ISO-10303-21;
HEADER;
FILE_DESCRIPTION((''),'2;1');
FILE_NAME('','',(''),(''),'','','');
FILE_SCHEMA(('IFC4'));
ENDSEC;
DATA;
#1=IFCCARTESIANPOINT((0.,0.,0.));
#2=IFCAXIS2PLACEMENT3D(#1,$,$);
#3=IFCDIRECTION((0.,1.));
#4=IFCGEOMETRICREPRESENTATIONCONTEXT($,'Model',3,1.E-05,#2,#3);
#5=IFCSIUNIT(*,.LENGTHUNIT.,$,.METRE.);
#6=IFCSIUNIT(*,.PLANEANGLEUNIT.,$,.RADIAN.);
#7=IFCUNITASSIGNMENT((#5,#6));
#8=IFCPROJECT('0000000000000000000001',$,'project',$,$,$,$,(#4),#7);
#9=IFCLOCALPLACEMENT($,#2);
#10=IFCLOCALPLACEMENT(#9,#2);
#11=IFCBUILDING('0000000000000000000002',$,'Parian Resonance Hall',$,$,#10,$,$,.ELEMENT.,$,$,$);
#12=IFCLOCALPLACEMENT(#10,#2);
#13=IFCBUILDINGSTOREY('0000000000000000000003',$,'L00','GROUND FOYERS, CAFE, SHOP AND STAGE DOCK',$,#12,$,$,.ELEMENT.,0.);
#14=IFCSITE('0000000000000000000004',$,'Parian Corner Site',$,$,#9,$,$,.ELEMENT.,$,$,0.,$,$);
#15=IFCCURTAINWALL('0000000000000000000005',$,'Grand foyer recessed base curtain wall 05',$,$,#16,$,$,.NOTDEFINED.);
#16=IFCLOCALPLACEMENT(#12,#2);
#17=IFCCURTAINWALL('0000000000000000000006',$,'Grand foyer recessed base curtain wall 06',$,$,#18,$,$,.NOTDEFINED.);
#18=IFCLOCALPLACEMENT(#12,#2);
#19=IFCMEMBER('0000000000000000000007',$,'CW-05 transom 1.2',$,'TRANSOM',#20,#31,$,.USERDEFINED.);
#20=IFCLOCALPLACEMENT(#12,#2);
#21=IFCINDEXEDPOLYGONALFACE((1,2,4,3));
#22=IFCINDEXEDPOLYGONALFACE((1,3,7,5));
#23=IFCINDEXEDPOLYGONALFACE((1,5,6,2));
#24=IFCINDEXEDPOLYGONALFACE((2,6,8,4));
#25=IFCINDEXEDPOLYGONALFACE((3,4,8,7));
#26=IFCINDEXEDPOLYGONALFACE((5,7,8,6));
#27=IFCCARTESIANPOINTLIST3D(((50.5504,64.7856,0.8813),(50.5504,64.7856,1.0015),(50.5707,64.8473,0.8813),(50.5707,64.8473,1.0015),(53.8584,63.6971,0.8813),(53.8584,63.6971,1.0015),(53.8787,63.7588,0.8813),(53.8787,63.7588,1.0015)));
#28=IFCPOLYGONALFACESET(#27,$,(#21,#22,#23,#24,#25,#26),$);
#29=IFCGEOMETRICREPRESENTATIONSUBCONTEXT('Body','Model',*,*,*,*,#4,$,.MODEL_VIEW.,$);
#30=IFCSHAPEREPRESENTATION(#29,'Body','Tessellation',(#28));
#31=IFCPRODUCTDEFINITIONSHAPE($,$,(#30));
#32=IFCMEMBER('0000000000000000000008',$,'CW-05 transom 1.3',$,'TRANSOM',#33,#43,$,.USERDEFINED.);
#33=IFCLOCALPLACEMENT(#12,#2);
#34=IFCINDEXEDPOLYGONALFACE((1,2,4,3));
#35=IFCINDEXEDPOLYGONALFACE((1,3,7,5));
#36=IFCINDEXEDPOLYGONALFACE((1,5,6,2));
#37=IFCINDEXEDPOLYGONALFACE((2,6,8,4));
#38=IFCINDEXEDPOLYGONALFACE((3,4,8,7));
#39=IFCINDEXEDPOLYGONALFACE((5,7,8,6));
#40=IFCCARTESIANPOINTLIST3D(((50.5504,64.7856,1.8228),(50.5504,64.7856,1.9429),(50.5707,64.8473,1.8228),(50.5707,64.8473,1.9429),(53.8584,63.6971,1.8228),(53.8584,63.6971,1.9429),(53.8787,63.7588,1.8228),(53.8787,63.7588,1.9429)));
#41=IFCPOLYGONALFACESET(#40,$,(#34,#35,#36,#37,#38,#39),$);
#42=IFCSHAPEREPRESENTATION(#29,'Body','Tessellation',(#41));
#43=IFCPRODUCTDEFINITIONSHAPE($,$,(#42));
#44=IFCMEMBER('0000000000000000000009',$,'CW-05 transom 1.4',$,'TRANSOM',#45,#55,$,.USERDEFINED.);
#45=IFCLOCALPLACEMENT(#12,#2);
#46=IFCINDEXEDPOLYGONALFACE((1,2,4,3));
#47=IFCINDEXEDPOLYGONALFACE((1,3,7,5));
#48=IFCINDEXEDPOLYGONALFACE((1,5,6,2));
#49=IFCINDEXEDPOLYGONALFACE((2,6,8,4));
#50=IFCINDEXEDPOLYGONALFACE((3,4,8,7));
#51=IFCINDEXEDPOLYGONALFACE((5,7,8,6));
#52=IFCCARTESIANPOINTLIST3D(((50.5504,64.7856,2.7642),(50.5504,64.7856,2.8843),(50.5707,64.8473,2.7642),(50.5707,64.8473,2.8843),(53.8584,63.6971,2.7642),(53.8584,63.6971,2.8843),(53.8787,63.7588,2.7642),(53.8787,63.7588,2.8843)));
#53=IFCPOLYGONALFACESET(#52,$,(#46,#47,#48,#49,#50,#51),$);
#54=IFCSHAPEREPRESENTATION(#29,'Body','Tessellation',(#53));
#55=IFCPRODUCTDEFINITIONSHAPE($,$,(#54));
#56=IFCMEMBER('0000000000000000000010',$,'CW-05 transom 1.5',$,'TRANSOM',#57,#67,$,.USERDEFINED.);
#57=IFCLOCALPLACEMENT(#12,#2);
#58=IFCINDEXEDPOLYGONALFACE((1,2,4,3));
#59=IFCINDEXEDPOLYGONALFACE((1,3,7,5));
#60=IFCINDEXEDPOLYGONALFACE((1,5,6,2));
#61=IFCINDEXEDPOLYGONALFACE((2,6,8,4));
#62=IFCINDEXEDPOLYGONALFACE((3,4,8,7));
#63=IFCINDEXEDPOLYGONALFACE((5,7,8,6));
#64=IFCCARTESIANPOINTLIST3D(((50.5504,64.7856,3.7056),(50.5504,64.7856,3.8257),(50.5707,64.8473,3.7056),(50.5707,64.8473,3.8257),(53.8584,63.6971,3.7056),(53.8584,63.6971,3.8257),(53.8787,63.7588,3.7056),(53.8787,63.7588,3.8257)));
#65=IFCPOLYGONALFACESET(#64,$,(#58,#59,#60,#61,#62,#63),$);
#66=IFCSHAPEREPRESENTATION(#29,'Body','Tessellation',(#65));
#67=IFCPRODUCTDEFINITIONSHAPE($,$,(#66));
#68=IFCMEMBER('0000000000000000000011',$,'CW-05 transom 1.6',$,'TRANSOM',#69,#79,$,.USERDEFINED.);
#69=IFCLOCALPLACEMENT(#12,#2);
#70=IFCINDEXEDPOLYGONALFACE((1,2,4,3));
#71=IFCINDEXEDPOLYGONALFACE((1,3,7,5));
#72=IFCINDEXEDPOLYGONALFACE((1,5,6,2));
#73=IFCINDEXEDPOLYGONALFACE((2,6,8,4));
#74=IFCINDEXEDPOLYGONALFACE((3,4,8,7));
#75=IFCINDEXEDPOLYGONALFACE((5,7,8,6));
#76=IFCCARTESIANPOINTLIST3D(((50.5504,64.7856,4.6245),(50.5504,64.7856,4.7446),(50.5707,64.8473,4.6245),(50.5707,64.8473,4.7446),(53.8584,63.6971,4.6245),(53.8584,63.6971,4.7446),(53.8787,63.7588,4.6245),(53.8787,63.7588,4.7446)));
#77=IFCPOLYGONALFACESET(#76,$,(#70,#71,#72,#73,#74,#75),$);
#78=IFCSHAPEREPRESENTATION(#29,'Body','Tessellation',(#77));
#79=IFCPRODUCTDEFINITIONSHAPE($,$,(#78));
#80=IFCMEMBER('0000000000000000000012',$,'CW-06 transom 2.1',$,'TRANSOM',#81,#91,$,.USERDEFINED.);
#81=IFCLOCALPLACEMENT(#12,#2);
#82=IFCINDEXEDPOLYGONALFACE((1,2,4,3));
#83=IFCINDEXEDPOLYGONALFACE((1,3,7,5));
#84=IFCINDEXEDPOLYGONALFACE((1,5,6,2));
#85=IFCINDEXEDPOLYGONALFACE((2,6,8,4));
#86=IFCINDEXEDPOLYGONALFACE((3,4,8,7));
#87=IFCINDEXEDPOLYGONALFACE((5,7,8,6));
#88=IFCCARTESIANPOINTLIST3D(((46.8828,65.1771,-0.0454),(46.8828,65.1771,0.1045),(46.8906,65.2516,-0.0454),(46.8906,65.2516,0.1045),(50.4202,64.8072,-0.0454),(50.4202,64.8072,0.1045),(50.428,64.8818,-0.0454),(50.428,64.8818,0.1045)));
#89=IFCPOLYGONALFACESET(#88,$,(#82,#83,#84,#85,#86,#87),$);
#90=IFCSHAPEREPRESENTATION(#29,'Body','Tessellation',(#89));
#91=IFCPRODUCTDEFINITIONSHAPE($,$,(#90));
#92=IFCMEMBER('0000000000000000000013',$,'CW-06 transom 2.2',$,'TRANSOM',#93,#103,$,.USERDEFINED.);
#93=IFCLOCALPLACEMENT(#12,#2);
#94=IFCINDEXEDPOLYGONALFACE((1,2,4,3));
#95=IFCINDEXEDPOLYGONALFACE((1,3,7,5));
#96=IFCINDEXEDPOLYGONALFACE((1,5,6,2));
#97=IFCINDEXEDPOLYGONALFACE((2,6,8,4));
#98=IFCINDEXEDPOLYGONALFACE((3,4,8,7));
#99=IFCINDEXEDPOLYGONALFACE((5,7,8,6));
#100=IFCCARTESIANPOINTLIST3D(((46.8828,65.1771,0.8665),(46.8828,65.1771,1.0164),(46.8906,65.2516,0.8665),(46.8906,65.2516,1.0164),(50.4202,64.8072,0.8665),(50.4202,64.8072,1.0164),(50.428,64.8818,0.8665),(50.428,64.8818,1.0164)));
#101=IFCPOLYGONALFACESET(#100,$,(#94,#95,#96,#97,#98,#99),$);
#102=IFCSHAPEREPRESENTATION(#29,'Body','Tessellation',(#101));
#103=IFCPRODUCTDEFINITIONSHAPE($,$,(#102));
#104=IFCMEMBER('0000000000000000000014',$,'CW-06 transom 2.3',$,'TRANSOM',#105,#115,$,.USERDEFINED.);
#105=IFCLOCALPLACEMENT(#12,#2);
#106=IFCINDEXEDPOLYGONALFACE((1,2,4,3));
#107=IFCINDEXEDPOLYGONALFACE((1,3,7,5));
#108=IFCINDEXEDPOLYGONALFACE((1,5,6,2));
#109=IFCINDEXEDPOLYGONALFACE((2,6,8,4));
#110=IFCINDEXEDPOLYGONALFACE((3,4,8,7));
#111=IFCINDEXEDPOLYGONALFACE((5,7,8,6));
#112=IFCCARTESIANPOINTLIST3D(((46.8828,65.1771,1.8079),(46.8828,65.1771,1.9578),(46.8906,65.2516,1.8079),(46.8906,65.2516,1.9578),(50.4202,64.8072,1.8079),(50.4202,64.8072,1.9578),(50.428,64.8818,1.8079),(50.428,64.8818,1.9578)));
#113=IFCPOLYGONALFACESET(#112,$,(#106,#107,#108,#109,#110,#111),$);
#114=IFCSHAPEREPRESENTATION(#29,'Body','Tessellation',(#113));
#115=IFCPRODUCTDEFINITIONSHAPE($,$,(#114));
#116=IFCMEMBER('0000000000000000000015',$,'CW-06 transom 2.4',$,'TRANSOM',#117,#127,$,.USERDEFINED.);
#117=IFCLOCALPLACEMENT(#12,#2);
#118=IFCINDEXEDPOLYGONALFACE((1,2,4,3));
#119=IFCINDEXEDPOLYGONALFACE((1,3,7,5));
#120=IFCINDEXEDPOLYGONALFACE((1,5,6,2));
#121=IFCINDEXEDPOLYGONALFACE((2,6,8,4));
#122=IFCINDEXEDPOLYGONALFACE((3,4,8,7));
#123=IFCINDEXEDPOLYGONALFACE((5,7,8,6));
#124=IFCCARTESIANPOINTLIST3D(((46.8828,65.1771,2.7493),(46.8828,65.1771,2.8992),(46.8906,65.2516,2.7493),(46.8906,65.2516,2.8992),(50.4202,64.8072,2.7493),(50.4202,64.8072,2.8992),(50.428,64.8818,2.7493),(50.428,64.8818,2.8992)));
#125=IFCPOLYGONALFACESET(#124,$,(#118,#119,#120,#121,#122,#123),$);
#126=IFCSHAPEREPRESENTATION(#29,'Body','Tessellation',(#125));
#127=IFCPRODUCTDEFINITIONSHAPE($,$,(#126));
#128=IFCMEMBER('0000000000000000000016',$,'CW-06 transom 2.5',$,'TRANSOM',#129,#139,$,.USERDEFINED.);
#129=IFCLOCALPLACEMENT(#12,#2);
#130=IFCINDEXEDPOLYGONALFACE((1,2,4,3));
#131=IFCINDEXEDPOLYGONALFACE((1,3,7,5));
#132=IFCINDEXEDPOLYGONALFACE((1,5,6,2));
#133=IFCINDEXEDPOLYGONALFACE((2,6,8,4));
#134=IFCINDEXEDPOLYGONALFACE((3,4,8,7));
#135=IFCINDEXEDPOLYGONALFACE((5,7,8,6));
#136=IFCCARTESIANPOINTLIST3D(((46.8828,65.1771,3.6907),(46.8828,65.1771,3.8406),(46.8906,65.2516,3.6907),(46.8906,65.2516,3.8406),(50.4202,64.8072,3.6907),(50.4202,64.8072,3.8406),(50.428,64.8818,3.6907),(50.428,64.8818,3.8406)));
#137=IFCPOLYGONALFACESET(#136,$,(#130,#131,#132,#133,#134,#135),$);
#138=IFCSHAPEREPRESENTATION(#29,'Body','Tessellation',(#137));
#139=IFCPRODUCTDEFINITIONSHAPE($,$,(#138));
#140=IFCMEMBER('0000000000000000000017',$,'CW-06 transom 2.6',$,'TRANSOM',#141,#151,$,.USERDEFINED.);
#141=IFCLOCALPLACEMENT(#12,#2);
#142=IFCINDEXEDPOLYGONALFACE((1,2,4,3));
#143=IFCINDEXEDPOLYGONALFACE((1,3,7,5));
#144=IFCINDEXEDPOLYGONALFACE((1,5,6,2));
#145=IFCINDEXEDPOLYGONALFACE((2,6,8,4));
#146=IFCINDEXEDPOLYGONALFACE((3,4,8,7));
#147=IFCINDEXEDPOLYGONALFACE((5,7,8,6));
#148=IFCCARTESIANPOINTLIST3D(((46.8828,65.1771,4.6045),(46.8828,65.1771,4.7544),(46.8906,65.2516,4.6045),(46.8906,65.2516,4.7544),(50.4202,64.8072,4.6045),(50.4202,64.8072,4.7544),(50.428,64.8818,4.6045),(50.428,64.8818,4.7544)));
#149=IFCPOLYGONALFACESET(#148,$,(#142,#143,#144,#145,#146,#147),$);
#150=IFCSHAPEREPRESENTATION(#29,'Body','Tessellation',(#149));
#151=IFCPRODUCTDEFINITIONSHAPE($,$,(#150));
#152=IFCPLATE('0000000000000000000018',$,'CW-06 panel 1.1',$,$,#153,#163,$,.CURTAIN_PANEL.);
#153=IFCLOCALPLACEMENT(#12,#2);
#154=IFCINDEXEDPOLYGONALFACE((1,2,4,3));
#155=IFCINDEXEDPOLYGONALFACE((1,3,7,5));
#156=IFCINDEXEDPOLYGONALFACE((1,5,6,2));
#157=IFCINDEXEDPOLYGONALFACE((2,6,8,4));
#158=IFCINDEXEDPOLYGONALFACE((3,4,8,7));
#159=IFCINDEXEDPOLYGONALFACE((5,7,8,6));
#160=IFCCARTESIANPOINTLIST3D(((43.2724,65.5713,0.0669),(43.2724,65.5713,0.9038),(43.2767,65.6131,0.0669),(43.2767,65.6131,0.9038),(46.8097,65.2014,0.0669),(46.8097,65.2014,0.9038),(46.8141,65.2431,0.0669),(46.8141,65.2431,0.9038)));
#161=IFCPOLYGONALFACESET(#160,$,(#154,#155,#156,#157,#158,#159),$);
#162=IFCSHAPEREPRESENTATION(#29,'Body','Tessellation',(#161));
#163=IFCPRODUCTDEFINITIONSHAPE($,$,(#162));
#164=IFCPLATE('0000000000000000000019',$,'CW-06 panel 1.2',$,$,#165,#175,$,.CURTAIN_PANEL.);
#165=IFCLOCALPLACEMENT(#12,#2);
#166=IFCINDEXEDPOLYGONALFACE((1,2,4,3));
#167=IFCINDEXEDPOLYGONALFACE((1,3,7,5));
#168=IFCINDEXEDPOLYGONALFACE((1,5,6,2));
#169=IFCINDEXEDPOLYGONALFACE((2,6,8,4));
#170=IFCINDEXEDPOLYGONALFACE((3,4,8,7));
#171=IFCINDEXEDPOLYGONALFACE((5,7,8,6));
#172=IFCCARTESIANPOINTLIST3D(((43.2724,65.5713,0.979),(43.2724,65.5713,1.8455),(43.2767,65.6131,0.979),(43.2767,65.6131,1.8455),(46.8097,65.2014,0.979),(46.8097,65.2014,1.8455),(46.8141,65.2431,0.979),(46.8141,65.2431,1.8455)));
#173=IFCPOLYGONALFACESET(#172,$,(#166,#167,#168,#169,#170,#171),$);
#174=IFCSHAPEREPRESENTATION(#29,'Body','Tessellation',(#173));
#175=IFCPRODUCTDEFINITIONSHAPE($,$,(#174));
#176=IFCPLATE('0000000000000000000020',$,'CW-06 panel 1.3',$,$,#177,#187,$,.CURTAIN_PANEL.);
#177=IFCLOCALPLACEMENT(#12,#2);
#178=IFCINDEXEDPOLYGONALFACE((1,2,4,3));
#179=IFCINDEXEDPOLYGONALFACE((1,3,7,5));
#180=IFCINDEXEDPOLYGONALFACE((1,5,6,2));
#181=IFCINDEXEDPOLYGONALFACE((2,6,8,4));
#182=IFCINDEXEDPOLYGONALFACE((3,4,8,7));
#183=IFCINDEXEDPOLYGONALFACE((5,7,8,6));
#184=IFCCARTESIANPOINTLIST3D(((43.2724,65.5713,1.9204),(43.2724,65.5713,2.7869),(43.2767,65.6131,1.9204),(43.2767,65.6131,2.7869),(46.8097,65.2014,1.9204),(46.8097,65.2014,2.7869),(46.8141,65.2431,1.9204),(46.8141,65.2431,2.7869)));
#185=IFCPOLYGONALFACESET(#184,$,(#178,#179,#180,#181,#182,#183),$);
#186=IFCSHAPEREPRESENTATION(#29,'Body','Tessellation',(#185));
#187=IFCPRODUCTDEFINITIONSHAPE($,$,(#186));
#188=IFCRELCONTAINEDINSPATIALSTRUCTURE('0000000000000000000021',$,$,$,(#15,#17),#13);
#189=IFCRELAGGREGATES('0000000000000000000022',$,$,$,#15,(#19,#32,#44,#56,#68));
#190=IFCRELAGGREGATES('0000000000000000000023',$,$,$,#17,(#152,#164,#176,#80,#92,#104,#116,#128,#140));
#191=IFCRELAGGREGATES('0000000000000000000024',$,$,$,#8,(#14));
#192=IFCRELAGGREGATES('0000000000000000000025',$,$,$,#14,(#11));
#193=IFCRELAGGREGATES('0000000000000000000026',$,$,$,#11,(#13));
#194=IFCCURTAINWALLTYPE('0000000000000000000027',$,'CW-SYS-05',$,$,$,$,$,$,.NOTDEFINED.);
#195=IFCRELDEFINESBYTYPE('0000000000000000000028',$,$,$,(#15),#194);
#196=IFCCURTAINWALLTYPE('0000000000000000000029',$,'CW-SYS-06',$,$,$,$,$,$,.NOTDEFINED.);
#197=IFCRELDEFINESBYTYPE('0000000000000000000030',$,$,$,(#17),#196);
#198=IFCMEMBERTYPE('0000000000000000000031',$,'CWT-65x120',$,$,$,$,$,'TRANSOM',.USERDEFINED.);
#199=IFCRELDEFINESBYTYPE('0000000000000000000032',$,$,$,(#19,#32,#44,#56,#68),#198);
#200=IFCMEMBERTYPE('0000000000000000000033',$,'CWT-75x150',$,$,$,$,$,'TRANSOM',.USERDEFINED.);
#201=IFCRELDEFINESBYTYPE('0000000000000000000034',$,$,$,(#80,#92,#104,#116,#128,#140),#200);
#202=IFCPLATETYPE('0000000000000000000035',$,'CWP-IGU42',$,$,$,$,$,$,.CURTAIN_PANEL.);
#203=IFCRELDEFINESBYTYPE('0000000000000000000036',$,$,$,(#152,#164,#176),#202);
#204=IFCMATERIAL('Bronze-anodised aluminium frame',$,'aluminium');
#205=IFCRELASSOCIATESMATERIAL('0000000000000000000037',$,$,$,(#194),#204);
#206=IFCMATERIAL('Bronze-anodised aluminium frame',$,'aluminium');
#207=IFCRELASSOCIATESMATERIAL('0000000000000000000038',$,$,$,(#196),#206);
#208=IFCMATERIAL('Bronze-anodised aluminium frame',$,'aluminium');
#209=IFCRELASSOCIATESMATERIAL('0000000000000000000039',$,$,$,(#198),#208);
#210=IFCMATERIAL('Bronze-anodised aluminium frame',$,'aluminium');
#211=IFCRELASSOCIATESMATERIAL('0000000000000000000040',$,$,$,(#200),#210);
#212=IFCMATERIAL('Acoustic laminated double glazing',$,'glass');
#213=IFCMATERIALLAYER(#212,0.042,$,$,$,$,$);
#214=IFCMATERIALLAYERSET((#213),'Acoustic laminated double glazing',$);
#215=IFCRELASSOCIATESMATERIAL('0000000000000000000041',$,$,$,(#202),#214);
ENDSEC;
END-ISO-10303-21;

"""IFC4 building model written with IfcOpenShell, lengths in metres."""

from ifc_helpers import new_model, si_unit, direction, frame, origin, origin_2d, place, context, subcontext, project, spatial, rectangle, extrude, material, layer, layer_set, material_profile, profile_set, type_object, element, aggregate, save


model = new_model("IFC4")

# Units and contexts
model_context = context("Model", 3, precision=1e-05, world=origin(), true_north=direction((0.0, 1.0)))
body_context = subcontext(model_context, "Body", "Model", "MODEL_VIEW")
ifc_project = project(units=[si_unit("LENGTHUNIT", "METRE"), si_unit("PLANEANGLEUNIT", "RADIAN")], contexts=[model_context])

# Site, building, storey
site_placement = place(None, origin())
site = spatial("IfcSite", under=ifc_project, at=site_placement, Name="Parian Corner Site", CompositionType="ELEMENT", RefElevation=0.0)
building_placement = place(site_placement, origin())
building = spatial("IfcBuilding", under=site, at=building_placement, Name="Parian Resonance Hall", CompositionType="ELEMENT")
storey_placement = place(building_placement, origin())
storey = spatial("IfcBuildingStorey", under=building, at=storey_placement, Name="L00", Description="GROUND FOYERS, CAFE, SHOP AND STAGE DOCK", CompositionType="ELEMENT", Elevation=0.0)

# Curtain wall
ifc_material_1 = material(Name="Bronze-anodised aluminium frame", Category="aluminium")
curtain_wall_type_1 = type_object("IfcCurtainWallType", Name="CW-SYS-05", PredefinedType="NOTDEFINED", material=ifc_material_1)
curtain_wall_1_placement = place(storey_placement, origin())
curtain_wall_1 = element("IfcCurtainWall", 1, at=curtain_wall_1_placement, inside=storey, type_object=curtain_wall_type_1, Name="Grand foyer recessed base curtain wall 05", PredefinedType="NOTDEFINED")

# Curtain wall
ifc_material_2 = material(Name="Bronze-anodised aluminium frame", Category="aluminium")
curtain_wall_type_2 = type_object("IfcCurtainWallType", Name="CW-SYS-06", PredefinedType="NOTDEFINED", material=ifc_material_2)
curtain_wall_2_placement = place(storey_placement, origin())
curtain_wall_2 = element("IfcCurtainWall", 2, at=curtain_wall_2_placement, inside=storey, type_object=curtain_wall_type_2, Name="Grand foyer recessed base curtain wall 06", PredefinedType="NOTDEFINED")

# Members
ifc_material_3 = material(Name="Bronze-anodised aluminium frame", Category="aluminium")
ifc_material_profile_1 = material_profile(ifc_material_3, rectangle(XDim=0.0649, YDim=0.1201, at=origin_2d()), Name="CWT-65x120")
ifc_profile_set_1 = profile_set([ifc_material_profile_1], Name="Bronze-anodised aluminium frame")
member_type_1 = type_object("IfcMemberType", Name="CWT-65x120", ElementType="TRANSOM", PredefinedType="USERDEFINED", material=ifc_profile_set_1)
member_1_placement = place(storey_placement, frame((50.5605, 64.8164, 0.9414), z_axis=(0.949903, -0.312545, 0.0), x_axis=(0.312545, 0.949903, 0.0)))
member_1 = element("IfcMember", 3, at=member_1_placement, type_object=member_type_1, Name="CW-05 transom 1.2", ObjectType="TRANSOM", PredefinedType="USERDEFINED", context=body_context, shape_type="SweptSolid", body=[
    extrude(rectangle(XDim=0.0649, YDim=0.1201, at=origin_2d()), origin(), (0.0, 0.0, 1.0), 3.4824),
])
member_2_placement = place(storey_placement, frame((50.5605, 64.8164, 1.8828), z_axis=(0.949903, -0.312545, 0.0), x_axis=(0.312545, 0.949903, 0.0)))
member_2 = element("IfcMember", 4, at=member_2_placement, type_object=member_type_1, Name="CW-05 transom 1.3", ObjectType="TRANSOM", PredefinedType="USERDEFINED", context=body_context, shape_type="SweptSolid", body=[
    extrude(rectangle(XDim=0.0649, YDim=0.1201, at=origin_2d()), origin(), (0.0, 0.0, 1.0), 3.4824),
])
member_3_placement = place(storey_placement, frame((50.5605, 64.8164, 2.8242), z_axis=(0.949903, -0.312545, 0.0), x_axis=(0.312545, 0.949903, 0.0)))
member_3 = element("IfcMember", 5, at=member_3_placement, type_object=member_type_1, Name="CW-05 transom 1.4", ObjectType="TRANSOM", PredefinedType="USERDEFINED", context=body_context, shape_type="SweptSolid", body=[
    extrude(rectangle(XDim=0.0649, YDim=0.1201, at=origin_2d()), origin(), (0.0, 0.0, 1.0), 3.4824),
])
member_4_placement = place(storey_placement, frame((50.5605, 64.8164, 3.7656), z_axis=(0.949903, -0.312545, 0.0), x_axis=(0.312545, 0.949903, 0.0)))
member_4 = element("IfcMember", 6, at=member_4_placement, type_object=member_type_1, Name="CW-05 transom 1.5", ObjectType="TRANSOM", PredefinedType="USERDEFINED", context=body_context, shape_type="SweptSolid", body=[
    extrude(rectangle(XDim=0.0649, YDim=0.1201, at=origin_2d()), origin(), (0.0, 0.0, 1.0), 3.4824),
])
member_5_placement = place(storey_placement, frame((50.5605, 64.8164, 4.6846), z_axis=(0.949903, -0.312545, 0.0), x_axis=(0.312545, 0.949903, 0.0)))
member_5 = element("IfcMember", 7, at=member_5_placement, type_object=member_type_1, Name="CW-05 transom 1.6", ObjectType="TRANSOM", PredefinedType="USERDEFINED", context=body_context, shape_type="SweptSolid", body=[
    extrude(rectangle(XDim=0.0649, YDim=0.1201, at=origin_2d()), origin(), (0.0, 0.0, 1.0), 3.4824),
])
aggregate(curtain_wall_1, [member_1, member_2, member_3, member_4, member_5])
ifc_material_4 = material(Name="Bronze-anodised aluminium frame", Category="aluminium")
ifc_material_profile_2 = material_profile(ifc_material_4, rectangle(XDim=0.075, YDim=0.1499, at=origin_2d()), Name="CWT-75x150")
ifc_profile_set_2 = profile_set([ifc_material_profile_2], Name="Bronze-anodised aluminium frame")
member_type_2 = type_object("IfcMemberType", Name="CWT-75x150", ElementType="TRANSOM", PredefinedType="USERDEFINED", material=ifc_profile_set_2)
member_6_placement = place(storey_placement, frame((46.8867, 65.2144, 0.0295), z_axis=(0.994578, -0.103995, 0.0), x_axis=(0.103995, 0.994578, 0.0)))
member_6 = element("IfcMember", 8, at=member_6_placement, type_object=member_type_2, Name="CW-06 transom 2.1", ObjectType="TRANSOM", PredefinedType="USERDEFINED", context=body_context, shape_type="SweptSolid", body=[
    extrude(rectangle(XDim=0.075, YDim=0.1499, at=origin_2d()), origin(), (0.0, 0.0, 1.0), 3.5566),
])
member_7_placement = place(storey_placement, frame((46.8867, 65.2144, 0.9414), z_axis=(0.994578, -0.103995, 0.0), x_axis=(0.103995, 0.994578, 0.0)))
member_7 = element("IfcMember", 9, at=member_7_placement, type_object=member_type_2, Name="CW-06 transom 2.2", ObjectType="TRANSOM", PredefinedType="USERDEFINED", context=body_context, shape_type="SweptSolid", body=[
    extrude(rectangle(XDim=0.075, YDim=0.1499, at=origin_2d()), origin(), (0.0, 0.0, 1.0), 3.5566),
])
member_8_placement = place(storey_placement, frame((46.8867, 65.2144, 1.8828), z_axis=(0.994578, -0.103995, 0.0), x_axis=(0.103995, 0.994578, 0.0)))
member_8 = element("IfcMember", 10, at=member_8_placement, type_object=member_type_2, Name="CW-06 transom 2.3", ObjectType="TRANSOM", PredefinedType="USERDEFINED", context=body_context, shape_type="SweptSolid", body=[
    extrude(rectangle(XDim=0.075, YDim=0.1499, at=origin_2d()), origin(), (0.0, 0.0, 1.0), 3.5566),
])
member_9_placement = place(storey_placement, frame((46.8867, 65.2144, 2.8242), z_axis=(0.994578, -0.103995, 0.0), x_axis=(0.103995, 0.994578, 0.0)))
member_9 = element("IfcMember", 11, at=member_9_placement, type_object=member_type_2, Name="CW-06 transom 2.4", ObjectType="TRANSOM", PredefinedType="USERDEFINED", context=body_context, shape_type="SweptSolid", body=[
    extrude(rectangle(XDim=0.075, YDim=0.1499, at=origin_2d()), origin(), (0.0, 0.0, 1.0), 3.5566),
])
member_10_placement = place(storey_placement, frame((46.8867, 65.2144, 3.7656), z_axis=(0.994578, -0.103995, 0.0), x_axis=(0.103995, 0.994578, 0.0)))
member_10 = element("IfcMember", 12, at=member_10_placement, type_object=member_type_2, Name="CW-06 transom 2.5", ObjectType="TRANSOM", PredefinedType="USERDEFINED", context=body_context, shape_type="SweptSolid", body=[
    extrude(rectangle(XDim=0.075, YDim=0.1499, at=origin_2d()), origin(), (0.0, 0.0, 1.0), 3.5566),
])
member_11_placement = place(storey_placement, frame((46.8867, 65.2144, 4.6794), z_axis=(0.994578, -0.103995, 0.0), x_axis=(0.103995, 0.994578, 0.0)))
member_11 = element("IfcMember", 13, at=member_11_placement, type_object=member_type_2, Name="CW-06 transom 2.6", ObjectType="TRANSOM", PredefinedType="USERDEFINED", context=body_context, shape_type="SweptSolid", body=[
    extrude(rectangle(XDim=0.075, YDim=0.1499, at=origin_2d()), origin(), (0.0, 0.0, 1.0), 3.5566),
])

# Plates
ifc_material_5 = material(Name="Acoustic laminated double glazing", Category="glass")
ifc_layer = layer(ifc_material_5, 0.042)
ifc_layer_set = layer_set([ifc_layer], Name="Acoustic laminated double glazing")
plate_type = type_object("IfcPlateType", Name="CWP-IGU42", PredefinedType="CURTAIN_PANEL", material=ifc_layer_set)
plate_1_placement = place(storey_placement, frame((45.0432, 65.4072, 0.0669), z_axis=(0.0, 0.0, 1.0), x_axis=(0.994576, -0.104013, 0.0)))
plate_1 = element("IfcPlate", 14, at=plate_1_placement, type_object=plate_type, Name="CW-06 panel 1.1", PredefinedType="CURTAIN_PANEL", context=body_context, shape_type="SweptSolid", body=[
    extrude(rectangle(XDim=3.5566, YDim=0.042, at=origin_2d()), origin(), (0.0, 0.0, 1.0), 0.8369),
])
plate_2_placement = place(storey_placement, frame((45.0432, 65.4072, 0.979), z_axis=(0.0, 0.0, 1.0), x_axis=(0.994576, -0.104013, 0.0)))
plate_2 = element("IfcPlate", 15, at=plate_2_placement, type_object=plate_type, Name="CW-06 panel 1.2", PredefinedType="CURTAIN_PANEL", context=body_context, shape_type="SweptSolid", body=[
    extrude(rectangle(XDim=3.5566, YDim=0.042, at=origin_2d()), origin(), (0.0, 0.0, 1.0), 0.8665),
])
plate_3_placement = place(storey_placement, frame((45.0432, 65.4072, 1.9204), z_axis=(0.0, 0.0, 1.0), x_axis=(0.994576, -0.104013, 0.0)))
plate_3 = element("IfcPlate", 16, at=plate_3_placement, type_object=plate_type, Name="CW-06 panel 1.3", PredefinedType="CURTAIN_PANEL", context=body_context, shape_type="SweptSolid", body=[
    extrude(rectangle(XDim=3.5566, YDim=0.042, at=origin_2d()), origin(), (0.0, 0.0, 1.0), 0.8665),
])
aggregate(curtain_wall_2, [plate_1, plate_2, plate_3, member_6, member_7, member_8, member_9, member_10, member_11])

save(model, "model.ifc")
